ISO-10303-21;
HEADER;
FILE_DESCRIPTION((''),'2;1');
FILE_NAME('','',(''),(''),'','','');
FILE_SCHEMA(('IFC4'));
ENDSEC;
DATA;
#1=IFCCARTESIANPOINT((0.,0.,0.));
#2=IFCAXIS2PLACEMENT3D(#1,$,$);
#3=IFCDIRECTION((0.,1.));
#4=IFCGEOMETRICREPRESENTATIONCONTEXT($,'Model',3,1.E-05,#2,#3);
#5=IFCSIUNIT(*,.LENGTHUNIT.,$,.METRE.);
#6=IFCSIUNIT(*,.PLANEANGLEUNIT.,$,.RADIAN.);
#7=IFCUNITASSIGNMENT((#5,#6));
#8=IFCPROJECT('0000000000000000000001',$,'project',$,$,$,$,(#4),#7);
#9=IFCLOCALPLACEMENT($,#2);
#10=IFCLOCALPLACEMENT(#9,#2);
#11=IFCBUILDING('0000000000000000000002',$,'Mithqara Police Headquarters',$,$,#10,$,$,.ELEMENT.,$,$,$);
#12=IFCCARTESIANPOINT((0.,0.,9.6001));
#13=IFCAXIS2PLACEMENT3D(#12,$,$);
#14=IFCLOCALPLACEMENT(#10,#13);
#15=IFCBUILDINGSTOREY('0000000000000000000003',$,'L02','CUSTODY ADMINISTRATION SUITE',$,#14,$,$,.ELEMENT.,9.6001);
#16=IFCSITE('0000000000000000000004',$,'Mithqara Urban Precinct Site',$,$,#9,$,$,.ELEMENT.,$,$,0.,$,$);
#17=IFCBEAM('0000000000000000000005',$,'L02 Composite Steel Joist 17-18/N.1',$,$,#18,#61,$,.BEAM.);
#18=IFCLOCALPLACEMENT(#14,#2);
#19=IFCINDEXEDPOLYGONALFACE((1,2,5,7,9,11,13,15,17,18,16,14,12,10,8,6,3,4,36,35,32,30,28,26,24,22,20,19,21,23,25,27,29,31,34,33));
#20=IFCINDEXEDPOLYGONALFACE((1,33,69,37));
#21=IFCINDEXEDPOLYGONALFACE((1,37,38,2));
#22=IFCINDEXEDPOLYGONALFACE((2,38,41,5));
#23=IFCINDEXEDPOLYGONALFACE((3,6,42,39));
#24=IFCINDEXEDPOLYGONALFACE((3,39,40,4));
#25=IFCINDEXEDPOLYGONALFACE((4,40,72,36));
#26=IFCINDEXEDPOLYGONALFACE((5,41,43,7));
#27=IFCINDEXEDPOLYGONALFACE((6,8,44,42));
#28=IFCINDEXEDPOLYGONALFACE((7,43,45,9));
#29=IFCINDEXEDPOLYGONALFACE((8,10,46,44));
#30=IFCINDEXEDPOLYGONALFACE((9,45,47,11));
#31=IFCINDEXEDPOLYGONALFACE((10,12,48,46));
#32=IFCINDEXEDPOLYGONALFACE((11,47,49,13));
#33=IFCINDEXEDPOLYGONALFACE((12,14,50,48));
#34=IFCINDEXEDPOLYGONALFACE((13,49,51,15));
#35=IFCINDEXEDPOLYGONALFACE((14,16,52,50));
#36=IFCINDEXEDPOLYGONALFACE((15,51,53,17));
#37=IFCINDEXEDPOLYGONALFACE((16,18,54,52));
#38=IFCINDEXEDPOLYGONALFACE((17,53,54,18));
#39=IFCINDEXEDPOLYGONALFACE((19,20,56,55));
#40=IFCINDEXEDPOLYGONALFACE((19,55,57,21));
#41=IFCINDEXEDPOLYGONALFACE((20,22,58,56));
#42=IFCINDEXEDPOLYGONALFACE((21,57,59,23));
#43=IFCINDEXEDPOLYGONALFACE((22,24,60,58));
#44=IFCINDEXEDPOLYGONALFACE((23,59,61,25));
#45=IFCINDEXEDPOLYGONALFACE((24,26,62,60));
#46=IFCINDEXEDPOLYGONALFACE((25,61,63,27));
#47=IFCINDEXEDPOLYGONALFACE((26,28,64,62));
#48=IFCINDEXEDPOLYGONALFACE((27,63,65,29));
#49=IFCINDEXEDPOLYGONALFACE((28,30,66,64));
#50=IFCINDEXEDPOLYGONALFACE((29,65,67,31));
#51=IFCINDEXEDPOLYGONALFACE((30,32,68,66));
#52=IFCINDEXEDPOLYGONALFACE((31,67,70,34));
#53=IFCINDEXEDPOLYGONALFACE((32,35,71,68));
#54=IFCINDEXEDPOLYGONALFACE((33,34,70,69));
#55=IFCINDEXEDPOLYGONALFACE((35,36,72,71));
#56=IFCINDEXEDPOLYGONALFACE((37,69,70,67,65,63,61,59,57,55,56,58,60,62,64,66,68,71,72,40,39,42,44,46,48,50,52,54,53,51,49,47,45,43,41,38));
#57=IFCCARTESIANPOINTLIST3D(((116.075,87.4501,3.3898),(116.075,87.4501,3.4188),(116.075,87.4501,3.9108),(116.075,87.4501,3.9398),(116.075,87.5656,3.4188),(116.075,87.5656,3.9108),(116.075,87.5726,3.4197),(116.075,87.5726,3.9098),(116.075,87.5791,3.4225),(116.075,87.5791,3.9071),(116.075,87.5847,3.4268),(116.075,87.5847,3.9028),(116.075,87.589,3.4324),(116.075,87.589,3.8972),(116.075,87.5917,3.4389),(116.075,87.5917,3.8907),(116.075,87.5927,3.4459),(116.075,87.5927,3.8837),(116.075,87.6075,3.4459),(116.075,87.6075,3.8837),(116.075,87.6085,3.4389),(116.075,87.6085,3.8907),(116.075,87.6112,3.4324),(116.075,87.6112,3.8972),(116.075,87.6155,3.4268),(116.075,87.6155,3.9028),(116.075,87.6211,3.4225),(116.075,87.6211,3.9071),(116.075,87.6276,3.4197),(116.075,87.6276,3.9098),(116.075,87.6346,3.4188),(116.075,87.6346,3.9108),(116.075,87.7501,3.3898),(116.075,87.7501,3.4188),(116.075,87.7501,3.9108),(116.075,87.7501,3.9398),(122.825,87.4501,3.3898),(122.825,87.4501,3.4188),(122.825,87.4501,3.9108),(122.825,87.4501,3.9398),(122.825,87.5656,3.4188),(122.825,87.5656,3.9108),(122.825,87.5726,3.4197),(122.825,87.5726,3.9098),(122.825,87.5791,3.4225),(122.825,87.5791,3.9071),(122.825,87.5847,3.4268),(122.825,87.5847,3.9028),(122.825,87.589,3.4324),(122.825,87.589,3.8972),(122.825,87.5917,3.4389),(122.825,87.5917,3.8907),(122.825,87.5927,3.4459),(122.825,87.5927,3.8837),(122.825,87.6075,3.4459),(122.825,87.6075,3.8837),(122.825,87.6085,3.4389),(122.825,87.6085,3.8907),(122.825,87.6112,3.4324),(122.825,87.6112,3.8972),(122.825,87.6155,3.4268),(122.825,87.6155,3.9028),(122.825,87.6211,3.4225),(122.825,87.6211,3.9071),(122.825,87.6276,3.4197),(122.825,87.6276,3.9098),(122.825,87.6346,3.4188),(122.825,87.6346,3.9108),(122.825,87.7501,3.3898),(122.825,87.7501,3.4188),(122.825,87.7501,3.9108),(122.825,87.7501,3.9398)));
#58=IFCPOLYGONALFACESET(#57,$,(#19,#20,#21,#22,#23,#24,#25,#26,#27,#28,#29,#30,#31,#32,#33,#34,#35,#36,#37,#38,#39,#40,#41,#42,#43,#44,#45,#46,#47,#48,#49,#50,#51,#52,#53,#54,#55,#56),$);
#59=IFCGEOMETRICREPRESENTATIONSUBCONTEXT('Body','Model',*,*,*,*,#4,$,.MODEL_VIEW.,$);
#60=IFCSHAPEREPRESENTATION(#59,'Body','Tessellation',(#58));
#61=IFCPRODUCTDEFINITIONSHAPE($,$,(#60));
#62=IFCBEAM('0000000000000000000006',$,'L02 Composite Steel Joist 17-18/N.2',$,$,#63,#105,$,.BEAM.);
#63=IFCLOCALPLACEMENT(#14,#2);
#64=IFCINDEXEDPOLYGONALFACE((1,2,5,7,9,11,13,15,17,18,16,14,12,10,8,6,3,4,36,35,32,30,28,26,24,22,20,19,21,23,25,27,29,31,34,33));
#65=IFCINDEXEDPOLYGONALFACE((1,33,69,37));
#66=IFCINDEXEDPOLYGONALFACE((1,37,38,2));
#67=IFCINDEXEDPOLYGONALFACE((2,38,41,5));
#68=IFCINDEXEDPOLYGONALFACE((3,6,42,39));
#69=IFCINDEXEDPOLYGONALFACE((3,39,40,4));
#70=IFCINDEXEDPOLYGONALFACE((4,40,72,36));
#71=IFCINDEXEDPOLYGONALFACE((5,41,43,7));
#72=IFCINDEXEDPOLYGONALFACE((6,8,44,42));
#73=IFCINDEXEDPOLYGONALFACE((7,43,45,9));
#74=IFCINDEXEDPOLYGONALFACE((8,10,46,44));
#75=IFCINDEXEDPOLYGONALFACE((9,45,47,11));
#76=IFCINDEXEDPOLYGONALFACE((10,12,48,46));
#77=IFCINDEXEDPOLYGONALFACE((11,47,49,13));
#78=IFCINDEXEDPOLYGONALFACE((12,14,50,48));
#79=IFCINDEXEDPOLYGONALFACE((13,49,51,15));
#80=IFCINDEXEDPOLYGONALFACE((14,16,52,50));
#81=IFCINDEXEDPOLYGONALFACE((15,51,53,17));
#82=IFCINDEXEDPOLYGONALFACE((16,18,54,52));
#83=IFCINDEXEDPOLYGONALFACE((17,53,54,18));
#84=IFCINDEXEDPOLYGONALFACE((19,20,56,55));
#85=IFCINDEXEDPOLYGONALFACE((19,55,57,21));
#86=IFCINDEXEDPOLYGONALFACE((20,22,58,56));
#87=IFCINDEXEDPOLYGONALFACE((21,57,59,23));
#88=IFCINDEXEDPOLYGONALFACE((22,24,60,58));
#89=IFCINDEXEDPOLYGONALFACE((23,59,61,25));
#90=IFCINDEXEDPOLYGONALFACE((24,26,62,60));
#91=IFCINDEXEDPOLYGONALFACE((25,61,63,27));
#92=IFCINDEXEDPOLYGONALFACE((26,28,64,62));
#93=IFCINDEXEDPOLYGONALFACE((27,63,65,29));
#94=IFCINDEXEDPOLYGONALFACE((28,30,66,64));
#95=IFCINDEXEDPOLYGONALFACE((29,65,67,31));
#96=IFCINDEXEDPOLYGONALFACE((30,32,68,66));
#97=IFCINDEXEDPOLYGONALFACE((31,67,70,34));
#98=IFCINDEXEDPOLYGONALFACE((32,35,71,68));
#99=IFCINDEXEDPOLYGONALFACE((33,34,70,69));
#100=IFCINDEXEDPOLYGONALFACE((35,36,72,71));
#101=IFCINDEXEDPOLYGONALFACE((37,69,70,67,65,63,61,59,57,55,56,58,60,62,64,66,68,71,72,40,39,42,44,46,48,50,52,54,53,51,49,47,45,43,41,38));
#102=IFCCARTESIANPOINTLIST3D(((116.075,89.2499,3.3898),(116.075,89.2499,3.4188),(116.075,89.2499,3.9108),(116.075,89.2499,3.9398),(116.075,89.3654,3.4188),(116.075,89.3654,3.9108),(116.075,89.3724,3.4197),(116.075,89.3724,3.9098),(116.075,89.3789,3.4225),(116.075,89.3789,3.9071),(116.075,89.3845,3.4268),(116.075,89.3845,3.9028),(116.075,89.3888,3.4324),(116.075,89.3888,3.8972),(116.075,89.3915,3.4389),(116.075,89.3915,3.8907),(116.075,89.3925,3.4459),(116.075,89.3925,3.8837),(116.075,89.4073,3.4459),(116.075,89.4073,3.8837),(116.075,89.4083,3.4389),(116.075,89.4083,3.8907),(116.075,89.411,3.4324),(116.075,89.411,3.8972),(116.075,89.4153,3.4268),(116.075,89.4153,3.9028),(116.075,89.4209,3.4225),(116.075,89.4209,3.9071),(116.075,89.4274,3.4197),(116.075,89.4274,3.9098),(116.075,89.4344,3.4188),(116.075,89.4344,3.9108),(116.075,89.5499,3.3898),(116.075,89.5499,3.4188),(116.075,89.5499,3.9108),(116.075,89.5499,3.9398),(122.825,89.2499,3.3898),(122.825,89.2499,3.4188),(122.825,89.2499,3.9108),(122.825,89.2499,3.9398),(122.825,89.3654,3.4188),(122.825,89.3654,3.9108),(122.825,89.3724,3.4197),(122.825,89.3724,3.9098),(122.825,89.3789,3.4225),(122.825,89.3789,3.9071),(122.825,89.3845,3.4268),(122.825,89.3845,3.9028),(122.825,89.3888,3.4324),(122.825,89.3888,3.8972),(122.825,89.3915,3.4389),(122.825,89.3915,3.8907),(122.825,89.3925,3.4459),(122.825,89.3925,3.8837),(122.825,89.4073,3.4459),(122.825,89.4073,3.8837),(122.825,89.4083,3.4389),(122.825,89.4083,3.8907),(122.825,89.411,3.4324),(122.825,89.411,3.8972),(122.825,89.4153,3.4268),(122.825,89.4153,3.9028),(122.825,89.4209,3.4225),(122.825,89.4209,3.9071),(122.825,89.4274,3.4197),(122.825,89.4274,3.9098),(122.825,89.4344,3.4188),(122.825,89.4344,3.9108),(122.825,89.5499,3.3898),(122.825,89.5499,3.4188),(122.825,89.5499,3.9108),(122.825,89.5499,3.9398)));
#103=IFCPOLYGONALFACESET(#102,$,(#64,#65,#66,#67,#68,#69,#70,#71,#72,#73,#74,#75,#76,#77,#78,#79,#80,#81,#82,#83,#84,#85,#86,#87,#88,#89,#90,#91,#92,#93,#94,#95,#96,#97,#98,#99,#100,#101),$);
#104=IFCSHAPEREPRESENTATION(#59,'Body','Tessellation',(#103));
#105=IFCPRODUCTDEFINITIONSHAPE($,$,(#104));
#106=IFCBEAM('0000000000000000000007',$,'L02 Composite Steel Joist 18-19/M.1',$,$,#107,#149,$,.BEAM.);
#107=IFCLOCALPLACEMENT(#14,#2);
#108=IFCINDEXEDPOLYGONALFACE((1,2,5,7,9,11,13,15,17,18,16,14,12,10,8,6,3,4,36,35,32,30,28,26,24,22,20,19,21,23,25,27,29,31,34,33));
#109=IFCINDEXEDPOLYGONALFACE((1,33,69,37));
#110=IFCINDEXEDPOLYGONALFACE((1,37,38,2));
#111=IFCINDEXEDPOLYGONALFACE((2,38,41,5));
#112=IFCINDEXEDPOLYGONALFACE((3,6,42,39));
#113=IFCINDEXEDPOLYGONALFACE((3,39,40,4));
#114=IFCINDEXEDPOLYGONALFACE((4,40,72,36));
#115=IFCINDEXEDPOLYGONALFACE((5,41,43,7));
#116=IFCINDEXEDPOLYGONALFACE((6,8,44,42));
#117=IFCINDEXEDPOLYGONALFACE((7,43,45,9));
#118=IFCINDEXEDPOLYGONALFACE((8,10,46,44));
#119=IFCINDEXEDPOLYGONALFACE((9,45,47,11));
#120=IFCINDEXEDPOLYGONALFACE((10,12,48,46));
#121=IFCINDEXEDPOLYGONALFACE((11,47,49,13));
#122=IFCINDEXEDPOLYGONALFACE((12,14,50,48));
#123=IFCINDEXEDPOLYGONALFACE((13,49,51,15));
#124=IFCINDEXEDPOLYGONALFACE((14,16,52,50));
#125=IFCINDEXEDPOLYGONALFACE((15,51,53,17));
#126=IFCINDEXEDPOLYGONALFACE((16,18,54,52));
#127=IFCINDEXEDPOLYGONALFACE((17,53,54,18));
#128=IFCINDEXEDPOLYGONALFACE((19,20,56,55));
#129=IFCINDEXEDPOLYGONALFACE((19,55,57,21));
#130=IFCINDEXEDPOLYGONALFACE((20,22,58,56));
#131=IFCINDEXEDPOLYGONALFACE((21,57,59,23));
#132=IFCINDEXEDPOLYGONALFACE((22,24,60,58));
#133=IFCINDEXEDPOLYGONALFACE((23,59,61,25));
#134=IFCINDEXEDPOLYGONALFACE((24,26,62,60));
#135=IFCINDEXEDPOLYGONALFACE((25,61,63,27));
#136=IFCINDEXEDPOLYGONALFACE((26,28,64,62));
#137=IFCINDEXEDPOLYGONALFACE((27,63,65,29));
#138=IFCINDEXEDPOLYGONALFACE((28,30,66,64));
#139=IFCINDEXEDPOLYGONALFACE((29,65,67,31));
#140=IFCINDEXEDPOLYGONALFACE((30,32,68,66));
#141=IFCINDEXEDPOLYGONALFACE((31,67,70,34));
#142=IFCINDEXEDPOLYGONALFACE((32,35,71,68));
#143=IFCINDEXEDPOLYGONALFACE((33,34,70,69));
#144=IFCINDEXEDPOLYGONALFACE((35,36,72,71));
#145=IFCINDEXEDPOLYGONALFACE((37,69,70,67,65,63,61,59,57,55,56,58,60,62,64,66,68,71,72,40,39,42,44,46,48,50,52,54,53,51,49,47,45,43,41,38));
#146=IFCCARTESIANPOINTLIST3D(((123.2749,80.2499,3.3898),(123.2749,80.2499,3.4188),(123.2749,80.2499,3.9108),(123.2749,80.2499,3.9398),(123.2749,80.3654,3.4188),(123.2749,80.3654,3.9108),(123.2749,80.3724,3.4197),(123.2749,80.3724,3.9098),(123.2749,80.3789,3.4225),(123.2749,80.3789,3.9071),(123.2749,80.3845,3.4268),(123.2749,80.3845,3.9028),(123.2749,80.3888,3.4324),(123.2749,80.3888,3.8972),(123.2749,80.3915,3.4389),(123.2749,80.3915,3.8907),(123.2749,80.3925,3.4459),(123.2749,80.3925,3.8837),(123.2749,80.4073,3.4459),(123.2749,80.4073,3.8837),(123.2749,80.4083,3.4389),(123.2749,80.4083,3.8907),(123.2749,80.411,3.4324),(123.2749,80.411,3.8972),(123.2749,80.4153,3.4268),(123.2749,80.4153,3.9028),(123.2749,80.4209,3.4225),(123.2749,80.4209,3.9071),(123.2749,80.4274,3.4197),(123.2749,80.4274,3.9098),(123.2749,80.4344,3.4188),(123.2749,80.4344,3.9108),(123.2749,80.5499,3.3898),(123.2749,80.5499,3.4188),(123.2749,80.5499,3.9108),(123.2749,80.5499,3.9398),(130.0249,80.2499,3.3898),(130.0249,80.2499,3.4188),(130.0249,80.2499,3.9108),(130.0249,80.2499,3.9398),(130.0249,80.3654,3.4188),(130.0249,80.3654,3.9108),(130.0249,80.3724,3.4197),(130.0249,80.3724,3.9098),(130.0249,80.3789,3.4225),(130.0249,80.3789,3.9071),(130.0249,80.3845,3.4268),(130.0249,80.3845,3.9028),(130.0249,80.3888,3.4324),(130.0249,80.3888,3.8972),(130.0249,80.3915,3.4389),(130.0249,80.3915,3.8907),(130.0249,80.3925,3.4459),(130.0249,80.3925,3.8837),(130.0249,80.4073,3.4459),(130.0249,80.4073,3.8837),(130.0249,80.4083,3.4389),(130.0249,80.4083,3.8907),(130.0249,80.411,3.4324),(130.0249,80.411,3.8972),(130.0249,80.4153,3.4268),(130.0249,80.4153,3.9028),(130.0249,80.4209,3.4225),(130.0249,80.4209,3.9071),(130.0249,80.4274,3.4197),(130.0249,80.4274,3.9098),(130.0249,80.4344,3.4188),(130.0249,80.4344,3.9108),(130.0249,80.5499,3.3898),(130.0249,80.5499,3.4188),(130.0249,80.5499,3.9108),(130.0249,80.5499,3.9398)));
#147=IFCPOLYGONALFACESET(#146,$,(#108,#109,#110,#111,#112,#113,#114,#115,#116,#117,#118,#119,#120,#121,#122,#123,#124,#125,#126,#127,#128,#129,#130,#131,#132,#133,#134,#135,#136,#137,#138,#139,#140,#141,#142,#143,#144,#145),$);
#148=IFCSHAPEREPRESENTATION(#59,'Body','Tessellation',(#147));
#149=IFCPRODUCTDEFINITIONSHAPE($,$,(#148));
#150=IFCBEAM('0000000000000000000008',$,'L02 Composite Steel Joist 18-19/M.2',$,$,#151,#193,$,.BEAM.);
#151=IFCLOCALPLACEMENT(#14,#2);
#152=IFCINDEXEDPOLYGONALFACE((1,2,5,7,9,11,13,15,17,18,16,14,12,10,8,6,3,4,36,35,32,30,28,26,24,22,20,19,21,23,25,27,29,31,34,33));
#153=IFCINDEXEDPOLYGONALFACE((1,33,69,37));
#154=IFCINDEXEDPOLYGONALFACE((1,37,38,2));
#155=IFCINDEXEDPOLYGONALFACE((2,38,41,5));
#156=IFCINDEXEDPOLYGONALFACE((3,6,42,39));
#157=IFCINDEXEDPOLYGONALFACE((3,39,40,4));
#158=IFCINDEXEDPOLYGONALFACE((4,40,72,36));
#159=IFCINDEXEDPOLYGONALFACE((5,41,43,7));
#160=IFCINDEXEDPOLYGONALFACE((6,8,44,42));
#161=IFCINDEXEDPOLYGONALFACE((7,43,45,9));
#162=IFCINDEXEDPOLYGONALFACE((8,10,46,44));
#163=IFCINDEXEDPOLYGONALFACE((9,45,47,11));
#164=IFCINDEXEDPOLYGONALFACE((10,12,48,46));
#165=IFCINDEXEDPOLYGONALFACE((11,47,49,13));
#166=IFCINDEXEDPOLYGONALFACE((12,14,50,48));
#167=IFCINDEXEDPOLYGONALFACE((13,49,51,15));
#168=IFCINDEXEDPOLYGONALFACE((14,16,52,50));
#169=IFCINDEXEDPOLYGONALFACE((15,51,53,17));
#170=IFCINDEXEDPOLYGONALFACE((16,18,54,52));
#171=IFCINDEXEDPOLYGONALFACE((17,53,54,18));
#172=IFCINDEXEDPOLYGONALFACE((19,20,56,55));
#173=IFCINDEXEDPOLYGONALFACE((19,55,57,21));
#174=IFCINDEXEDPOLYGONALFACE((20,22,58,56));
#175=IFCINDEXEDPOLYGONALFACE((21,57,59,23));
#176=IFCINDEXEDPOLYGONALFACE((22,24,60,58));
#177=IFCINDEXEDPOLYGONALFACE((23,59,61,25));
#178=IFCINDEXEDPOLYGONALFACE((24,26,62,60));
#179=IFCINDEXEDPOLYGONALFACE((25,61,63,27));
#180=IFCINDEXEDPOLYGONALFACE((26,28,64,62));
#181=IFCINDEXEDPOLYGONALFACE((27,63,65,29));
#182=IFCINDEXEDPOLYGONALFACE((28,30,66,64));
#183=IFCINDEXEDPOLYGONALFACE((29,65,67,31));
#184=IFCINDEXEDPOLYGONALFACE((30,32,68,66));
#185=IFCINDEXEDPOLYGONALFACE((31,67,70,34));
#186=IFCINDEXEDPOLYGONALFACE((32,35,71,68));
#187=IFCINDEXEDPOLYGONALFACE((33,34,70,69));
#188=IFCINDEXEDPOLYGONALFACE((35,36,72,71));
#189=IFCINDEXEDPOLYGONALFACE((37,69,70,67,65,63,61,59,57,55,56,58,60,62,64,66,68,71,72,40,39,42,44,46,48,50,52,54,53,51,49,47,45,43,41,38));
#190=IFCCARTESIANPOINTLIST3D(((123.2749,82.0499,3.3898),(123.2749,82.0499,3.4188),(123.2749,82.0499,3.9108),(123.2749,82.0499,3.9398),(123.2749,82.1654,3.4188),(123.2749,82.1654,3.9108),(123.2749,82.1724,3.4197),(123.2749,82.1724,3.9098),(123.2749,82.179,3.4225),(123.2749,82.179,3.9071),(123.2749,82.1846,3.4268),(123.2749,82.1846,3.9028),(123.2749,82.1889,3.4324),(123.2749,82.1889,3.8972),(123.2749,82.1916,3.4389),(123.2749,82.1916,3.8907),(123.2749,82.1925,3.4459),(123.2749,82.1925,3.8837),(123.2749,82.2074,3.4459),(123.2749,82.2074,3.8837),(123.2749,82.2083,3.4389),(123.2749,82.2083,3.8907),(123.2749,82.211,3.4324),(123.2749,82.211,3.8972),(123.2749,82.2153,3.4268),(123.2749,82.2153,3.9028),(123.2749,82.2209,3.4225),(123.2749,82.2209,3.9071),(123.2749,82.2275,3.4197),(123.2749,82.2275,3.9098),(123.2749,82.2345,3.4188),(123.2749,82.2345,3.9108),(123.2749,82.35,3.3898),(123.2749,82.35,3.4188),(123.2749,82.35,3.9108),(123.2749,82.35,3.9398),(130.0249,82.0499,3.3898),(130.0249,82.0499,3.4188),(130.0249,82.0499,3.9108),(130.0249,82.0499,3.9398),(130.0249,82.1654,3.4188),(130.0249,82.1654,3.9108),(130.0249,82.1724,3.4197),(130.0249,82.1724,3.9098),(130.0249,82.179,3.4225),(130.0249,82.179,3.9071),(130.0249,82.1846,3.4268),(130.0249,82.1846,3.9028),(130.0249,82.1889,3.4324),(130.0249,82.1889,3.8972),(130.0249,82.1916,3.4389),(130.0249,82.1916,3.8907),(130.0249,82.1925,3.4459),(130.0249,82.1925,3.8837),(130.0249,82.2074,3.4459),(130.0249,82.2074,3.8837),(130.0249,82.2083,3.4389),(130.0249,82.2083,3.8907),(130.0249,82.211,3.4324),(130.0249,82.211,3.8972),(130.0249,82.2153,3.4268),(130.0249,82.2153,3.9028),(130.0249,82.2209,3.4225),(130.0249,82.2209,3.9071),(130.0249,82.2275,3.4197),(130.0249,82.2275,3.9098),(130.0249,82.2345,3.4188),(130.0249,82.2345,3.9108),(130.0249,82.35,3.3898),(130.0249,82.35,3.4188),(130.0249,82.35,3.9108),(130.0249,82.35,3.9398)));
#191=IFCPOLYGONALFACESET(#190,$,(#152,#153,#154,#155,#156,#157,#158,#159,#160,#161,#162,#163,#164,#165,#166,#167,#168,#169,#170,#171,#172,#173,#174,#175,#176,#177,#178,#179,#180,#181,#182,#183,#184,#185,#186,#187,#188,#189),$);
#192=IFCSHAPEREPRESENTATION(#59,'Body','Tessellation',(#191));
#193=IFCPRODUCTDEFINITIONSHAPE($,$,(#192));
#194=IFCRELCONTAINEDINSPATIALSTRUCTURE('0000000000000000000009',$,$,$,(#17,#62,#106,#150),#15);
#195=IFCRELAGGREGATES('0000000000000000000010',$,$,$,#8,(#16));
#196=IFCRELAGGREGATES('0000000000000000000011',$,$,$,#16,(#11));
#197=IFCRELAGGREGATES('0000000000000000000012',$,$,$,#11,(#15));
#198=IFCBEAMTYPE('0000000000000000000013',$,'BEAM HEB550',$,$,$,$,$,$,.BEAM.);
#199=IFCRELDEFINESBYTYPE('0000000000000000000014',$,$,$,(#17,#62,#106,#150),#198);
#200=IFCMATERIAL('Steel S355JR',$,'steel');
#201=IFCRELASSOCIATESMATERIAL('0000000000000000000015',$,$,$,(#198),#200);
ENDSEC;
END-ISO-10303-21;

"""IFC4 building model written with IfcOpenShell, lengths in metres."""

from ifc_helpers import new_model, si_unit, direction, frame, origin, origin_2d, place, context, subcontext, project, spatial, i_section, extrude, material, material_profile, profile_set, type_object, element, save


model = new_model("IFC4")

# Units and contexts
model_context = context("Model", 3, precision=1e-05, world=origin(), true_north=direction((0.0, 1.0)))
body_context = subcontext(model_context, "Body", "Model", "MODEL_VIEW")
ifc_project = project(units=[si_unit("LENGTHUNIT", "METRE"), si_unit("PLANEANGLEUNIT", "RADIAN")], contexts=[model_context])

# Site, building, storey
site_placement = place(None, origin())
site = spatial("IfcSite", under=ifc_project, at=site_placement, Name="Mithqara Urban Precinct Site", CompositionType="ELEMENT", RefElevation=0.0)
building_placement = place(site_placement, origin())
building = spatial("IfcBuilding", under=site, at=building_placement, Name="Mithqara Police Headquarters", CompositionType="ELEMENT")
storey_placement = place(building_placement, frame((0.0, 0.0, 9.6001)))
storey = spatial("IfcBuildingStorey", under=building, at=storey_placement, Name="L02", Description="CUSTODY ADMINISTRATION SUITE", CompositionType="ELEMENT", Elevation=9.6001)

# Beams
ifc_material_1 = material(Name="Steel S355JR", Category="steel")
ifc_material_profile_1 = material_profile(ifc_material_1, i_section(OverallWidth=0.3, OverallDepth=0.55, WebThickness=0.0149, FlangeThickness=0.0291, FilletRadius=0.0271, at=origin_2d()), Name="HEB 550")
ifc_profile_set_1 = profile_set([ifc_material_profile_1], Name="Steel S355JR")
beam_type_1 = type_object("IfcBeamType", Name="BEAM HEB550", PredefinedType="BEAM", material=ifc_profile_set_1)
for number, where, z_axis, x_axis, name in (
    (1, (116.075, 87.6001, 3.6648), (1.0, 0.0, 0.0), (0.0, 1.0, 0.0), "L02 Composite Steel Joist 17-18/N.1"),
    (2, (116.075, 89.3999, 3.6648), (1.0, 0.0, 0.0), (0.0, 1.0, 0.0), "L02 Composite Steel Joist 17-18/N.2"),
    (3, (123.2749, 80.3999, 3.6648), (1.0, 0.0, 0.0), (0.0, 1.0, 0.0), "L02 Composite Steel Joist 18-19/M.1"),
    (4, (123.2749, 82.2, 3.6648), (1.0, 0.0, 0.0), (0.0, 1.0, 0.0), "L02 Composite Steel Joist 18-19/M.2"),
):
    element("IfcBeam", number, at=place(storey_placement, frame(where, z_axis=z_axis, x_axis=x_axis)), inside=storey, type_object=beam_type_1, Name=name, PredefinedType="BEAM", context=body_context, shape_type="SweptSolid", body=[
        extrude(i_section(OverallWidth=0.3, OverallDepth=0.55, WebThickness=0.0149, FlangeThickness=0.0291, FilletRadius=0.0271, at=origin_2d()), origin(), (0.0, 0.0, 1.0), 6.75),
    ])

save(model, "model.ifc")
